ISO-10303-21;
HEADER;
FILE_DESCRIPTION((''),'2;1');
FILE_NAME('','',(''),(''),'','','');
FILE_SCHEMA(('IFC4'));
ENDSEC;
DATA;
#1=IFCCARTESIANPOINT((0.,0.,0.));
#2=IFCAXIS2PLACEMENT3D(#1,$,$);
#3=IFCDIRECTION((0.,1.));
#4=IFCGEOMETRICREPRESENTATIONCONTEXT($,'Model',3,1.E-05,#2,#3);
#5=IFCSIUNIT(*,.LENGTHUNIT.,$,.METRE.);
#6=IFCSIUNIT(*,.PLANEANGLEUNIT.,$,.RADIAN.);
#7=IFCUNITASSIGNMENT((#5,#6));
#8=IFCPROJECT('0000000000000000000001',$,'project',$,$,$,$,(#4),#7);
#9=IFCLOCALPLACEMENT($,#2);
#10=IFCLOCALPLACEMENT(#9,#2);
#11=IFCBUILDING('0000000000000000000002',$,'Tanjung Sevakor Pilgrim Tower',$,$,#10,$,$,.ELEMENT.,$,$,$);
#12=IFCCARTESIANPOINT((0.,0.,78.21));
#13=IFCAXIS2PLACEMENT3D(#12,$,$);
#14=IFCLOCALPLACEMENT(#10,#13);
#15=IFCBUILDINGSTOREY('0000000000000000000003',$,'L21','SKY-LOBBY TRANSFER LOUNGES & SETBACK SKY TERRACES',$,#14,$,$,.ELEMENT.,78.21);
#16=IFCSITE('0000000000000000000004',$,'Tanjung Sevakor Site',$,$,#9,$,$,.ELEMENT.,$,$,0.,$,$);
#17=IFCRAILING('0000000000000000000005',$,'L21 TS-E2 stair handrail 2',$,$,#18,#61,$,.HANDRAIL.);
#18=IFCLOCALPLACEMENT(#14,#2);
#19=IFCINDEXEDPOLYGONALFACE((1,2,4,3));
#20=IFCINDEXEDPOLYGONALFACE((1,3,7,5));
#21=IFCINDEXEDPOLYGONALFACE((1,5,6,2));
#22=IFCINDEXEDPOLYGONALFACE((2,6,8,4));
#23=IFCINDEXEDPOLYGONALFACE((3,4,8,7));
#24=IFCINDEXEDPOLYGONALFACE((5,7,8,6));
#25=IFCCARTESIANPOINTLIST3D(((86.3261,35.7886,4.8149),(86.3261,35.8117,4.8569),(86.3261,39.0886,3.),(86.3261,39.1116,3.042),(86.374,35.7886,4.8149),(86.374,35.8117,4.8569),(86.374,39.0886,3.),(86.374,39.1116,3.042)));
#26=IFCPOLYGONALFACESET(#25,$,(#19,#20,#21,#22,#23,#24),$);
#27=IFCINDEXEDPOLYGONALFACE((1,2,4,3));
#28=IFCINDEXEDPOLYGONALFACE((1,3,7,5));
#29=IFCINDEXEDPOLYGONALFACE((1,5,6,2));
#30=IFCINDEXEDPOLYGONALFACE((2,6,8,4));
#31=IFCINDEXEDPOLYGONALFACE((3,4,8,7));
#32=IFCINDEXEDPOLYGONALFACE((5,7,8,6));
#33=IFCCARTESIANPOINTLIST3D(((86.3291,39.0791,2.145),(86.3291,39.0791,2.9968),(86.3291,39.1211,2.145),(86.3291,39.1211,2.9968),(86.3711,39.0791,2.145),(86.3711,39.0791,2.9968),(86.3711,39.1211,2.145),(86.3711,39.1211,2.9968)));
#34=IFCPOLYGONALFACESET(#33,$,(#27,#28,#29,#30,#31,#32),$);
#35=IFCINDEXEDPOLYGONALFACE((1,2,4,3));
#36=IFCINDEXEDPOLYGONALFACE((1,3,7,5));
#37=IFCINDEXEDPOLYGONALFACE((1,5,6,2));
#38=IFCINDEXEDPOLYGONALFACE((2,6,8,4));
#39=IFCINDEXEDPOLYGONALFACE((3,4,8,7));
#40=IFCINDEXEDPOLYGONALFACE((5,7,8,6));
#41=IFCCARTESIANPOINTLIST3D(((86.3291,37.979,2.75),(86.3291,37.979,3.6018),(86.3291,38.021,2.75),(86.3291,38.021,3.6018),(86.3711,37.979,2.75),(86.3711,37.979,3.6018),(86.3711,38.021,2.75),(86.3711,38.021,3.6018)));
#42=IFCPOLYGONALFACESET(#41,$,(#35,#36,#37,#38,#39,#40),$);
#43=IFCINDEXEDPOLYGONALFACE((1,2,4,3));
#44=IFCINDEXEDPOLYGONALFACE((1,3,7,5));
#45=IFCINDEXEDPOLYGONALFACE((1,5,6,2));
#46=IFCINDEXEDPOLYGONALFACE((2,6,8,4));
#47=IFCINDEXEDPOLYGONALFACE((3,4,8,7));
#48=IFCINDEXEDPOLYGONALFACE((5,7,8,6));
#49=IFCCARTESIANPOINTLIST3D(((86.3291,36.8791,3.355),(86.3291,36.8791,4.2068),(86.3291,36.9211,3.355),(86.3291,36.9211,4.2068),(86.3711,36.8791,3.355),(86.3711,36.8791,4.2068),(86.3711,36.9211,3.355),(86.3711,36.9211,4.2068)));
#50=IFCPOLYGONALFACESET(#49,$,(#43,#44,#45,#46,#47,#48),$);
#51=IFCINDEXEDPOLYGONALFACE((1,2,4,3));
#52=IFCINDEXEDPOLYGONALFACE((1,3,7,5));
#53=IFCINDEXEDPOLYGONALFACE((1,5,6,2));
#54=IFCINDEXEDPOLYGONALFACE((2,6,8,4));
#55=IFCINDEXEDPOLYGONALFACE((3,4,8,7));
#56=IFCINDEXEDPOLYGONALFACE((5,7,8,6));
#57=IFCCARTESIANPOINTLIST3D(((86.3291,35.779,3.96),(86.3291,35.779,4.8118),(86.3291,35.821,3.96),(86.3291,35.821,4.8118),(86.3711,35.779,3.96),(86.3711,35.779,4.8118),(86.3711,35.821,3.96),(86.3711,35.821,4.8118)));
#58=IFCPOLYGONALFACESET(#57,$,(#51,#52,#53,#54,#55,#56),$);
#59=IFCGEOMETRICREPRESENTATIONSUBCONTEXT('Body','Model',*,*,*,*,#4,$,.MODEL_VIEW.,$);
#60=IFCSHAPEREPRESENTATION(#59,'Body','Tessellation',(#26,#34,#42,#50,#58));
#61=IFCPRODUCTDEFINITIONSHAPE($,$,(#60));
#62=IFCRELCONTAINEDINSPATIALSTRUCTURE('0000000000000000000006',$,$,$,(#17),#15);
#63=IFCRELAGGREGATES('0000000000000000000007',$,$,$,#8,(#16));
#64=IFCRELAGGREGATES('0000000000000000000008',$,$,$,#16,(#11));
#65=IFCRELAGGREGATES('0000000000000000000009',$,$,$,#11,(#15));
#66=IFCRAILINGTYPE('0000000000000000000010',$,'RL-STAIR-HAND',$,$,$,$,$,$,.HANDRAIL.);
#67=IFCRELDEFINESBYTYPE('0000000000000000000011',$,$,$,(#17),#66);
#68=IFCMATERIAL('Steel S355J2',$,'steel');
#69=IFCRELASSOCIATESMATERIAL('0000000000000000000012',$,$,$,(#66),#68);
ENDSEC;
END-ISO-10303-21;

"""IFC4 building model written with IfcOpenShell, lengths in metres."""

from ifc_helpers import new_model, si_unit, direction, frame, origin, place, context, subcontext, project, spatial, rectangle, extrude, material, type_object, element, save


model = new_model("IFC4")

# Units and contexts
model_context = context("Model", 3, precision=1e-05, world=origin(), true_north=direction((0.0, 1.0)))
body_context = subcontext(model_context, "Body", "Model", "MODEL_VIEW")
ifc_project = project(units=[si_unit("LENGTHUNIT", "METRE"), si_unit("PLANEANGLEUNIT", "RADIAN")], contexts=[model_context])

# Site, building, storey
site_placement = place(None, origin())
site = spatial("IfcSite", under=ifc_project, at=site_placement, Name="Tanjung Sevakor Site", CompositionType="ELEMENT", RefElevation=0.0)
building_placement = place(site_placement, origin())
building = spatial("IfcBuilding", under=site, at=building_placement, Name="Tanjung Sevakor Pilgrim Tower", CompositionType="ELEMENT")
storey_placement = place(building_placement, frame((0.0, 0.0, 78.21)))
storey = spatial("IfcBuildingStorey", under=building, at=storey_placement, Name="L21", Description="SKY-LOBBY TRANSFER LOUNGES & SETBACK SKY TERRACES", CompositionType="ELEMENT", Elevation=78.21)

# Railing
ifc_material_1 = material(Name="Steel S355J2", Category="steel")
railing_type_1 = type_object("IfcRailingType", Name="RL-STAIR-HAND", PredefinedType="HANDRAIL", material=ifc_material_1)
railing_1_placement = place(storey_placement, frame((86.3501, 39.1001, 2.145)))
element("IfcRailing", 1, at=railing_1_placement, inside=storey, type_object=railing_type_1, Name="L21 TS-E2 stair handrail 2", PredefinedType="HANDRAIL", context=body_context, shape_type="SweptSolid", body=[
    extrude(rectangle(XDim=0.0479, YDim=0.0479), frame((0.0, 0.0, 0.876), z_axis=(0.0, -0.876225, 0.481901), x_axis=(1.0, 0.0, 0.0)), (0.0, 0.0, 1.0), 3.7661),
    extrude(rectangle(XDim=0.042, YDim=0.042), origin(), (0.0, 0.0, 1.0), 0.8518),
    extrude(rectangle(XDim=0.042, YDim=0.042), frame((0.0, -1.1001, 0.605)), (0.0, 0.0, 1.0), 0.8518),
    extrude(rectangle(XDim=0.042, YDim=0.042), frame((0.0, -2.2, 1.21)), (0.0, 0.0, 1.0), 0.8518),
    extrude(rectangle(XDim=0.042, YDim=0.042), frame((0.0, -3.3, 1.8149)), (0.0, 0.0, 1.0), 0.8518),
])

save(model, "model.ifc")
